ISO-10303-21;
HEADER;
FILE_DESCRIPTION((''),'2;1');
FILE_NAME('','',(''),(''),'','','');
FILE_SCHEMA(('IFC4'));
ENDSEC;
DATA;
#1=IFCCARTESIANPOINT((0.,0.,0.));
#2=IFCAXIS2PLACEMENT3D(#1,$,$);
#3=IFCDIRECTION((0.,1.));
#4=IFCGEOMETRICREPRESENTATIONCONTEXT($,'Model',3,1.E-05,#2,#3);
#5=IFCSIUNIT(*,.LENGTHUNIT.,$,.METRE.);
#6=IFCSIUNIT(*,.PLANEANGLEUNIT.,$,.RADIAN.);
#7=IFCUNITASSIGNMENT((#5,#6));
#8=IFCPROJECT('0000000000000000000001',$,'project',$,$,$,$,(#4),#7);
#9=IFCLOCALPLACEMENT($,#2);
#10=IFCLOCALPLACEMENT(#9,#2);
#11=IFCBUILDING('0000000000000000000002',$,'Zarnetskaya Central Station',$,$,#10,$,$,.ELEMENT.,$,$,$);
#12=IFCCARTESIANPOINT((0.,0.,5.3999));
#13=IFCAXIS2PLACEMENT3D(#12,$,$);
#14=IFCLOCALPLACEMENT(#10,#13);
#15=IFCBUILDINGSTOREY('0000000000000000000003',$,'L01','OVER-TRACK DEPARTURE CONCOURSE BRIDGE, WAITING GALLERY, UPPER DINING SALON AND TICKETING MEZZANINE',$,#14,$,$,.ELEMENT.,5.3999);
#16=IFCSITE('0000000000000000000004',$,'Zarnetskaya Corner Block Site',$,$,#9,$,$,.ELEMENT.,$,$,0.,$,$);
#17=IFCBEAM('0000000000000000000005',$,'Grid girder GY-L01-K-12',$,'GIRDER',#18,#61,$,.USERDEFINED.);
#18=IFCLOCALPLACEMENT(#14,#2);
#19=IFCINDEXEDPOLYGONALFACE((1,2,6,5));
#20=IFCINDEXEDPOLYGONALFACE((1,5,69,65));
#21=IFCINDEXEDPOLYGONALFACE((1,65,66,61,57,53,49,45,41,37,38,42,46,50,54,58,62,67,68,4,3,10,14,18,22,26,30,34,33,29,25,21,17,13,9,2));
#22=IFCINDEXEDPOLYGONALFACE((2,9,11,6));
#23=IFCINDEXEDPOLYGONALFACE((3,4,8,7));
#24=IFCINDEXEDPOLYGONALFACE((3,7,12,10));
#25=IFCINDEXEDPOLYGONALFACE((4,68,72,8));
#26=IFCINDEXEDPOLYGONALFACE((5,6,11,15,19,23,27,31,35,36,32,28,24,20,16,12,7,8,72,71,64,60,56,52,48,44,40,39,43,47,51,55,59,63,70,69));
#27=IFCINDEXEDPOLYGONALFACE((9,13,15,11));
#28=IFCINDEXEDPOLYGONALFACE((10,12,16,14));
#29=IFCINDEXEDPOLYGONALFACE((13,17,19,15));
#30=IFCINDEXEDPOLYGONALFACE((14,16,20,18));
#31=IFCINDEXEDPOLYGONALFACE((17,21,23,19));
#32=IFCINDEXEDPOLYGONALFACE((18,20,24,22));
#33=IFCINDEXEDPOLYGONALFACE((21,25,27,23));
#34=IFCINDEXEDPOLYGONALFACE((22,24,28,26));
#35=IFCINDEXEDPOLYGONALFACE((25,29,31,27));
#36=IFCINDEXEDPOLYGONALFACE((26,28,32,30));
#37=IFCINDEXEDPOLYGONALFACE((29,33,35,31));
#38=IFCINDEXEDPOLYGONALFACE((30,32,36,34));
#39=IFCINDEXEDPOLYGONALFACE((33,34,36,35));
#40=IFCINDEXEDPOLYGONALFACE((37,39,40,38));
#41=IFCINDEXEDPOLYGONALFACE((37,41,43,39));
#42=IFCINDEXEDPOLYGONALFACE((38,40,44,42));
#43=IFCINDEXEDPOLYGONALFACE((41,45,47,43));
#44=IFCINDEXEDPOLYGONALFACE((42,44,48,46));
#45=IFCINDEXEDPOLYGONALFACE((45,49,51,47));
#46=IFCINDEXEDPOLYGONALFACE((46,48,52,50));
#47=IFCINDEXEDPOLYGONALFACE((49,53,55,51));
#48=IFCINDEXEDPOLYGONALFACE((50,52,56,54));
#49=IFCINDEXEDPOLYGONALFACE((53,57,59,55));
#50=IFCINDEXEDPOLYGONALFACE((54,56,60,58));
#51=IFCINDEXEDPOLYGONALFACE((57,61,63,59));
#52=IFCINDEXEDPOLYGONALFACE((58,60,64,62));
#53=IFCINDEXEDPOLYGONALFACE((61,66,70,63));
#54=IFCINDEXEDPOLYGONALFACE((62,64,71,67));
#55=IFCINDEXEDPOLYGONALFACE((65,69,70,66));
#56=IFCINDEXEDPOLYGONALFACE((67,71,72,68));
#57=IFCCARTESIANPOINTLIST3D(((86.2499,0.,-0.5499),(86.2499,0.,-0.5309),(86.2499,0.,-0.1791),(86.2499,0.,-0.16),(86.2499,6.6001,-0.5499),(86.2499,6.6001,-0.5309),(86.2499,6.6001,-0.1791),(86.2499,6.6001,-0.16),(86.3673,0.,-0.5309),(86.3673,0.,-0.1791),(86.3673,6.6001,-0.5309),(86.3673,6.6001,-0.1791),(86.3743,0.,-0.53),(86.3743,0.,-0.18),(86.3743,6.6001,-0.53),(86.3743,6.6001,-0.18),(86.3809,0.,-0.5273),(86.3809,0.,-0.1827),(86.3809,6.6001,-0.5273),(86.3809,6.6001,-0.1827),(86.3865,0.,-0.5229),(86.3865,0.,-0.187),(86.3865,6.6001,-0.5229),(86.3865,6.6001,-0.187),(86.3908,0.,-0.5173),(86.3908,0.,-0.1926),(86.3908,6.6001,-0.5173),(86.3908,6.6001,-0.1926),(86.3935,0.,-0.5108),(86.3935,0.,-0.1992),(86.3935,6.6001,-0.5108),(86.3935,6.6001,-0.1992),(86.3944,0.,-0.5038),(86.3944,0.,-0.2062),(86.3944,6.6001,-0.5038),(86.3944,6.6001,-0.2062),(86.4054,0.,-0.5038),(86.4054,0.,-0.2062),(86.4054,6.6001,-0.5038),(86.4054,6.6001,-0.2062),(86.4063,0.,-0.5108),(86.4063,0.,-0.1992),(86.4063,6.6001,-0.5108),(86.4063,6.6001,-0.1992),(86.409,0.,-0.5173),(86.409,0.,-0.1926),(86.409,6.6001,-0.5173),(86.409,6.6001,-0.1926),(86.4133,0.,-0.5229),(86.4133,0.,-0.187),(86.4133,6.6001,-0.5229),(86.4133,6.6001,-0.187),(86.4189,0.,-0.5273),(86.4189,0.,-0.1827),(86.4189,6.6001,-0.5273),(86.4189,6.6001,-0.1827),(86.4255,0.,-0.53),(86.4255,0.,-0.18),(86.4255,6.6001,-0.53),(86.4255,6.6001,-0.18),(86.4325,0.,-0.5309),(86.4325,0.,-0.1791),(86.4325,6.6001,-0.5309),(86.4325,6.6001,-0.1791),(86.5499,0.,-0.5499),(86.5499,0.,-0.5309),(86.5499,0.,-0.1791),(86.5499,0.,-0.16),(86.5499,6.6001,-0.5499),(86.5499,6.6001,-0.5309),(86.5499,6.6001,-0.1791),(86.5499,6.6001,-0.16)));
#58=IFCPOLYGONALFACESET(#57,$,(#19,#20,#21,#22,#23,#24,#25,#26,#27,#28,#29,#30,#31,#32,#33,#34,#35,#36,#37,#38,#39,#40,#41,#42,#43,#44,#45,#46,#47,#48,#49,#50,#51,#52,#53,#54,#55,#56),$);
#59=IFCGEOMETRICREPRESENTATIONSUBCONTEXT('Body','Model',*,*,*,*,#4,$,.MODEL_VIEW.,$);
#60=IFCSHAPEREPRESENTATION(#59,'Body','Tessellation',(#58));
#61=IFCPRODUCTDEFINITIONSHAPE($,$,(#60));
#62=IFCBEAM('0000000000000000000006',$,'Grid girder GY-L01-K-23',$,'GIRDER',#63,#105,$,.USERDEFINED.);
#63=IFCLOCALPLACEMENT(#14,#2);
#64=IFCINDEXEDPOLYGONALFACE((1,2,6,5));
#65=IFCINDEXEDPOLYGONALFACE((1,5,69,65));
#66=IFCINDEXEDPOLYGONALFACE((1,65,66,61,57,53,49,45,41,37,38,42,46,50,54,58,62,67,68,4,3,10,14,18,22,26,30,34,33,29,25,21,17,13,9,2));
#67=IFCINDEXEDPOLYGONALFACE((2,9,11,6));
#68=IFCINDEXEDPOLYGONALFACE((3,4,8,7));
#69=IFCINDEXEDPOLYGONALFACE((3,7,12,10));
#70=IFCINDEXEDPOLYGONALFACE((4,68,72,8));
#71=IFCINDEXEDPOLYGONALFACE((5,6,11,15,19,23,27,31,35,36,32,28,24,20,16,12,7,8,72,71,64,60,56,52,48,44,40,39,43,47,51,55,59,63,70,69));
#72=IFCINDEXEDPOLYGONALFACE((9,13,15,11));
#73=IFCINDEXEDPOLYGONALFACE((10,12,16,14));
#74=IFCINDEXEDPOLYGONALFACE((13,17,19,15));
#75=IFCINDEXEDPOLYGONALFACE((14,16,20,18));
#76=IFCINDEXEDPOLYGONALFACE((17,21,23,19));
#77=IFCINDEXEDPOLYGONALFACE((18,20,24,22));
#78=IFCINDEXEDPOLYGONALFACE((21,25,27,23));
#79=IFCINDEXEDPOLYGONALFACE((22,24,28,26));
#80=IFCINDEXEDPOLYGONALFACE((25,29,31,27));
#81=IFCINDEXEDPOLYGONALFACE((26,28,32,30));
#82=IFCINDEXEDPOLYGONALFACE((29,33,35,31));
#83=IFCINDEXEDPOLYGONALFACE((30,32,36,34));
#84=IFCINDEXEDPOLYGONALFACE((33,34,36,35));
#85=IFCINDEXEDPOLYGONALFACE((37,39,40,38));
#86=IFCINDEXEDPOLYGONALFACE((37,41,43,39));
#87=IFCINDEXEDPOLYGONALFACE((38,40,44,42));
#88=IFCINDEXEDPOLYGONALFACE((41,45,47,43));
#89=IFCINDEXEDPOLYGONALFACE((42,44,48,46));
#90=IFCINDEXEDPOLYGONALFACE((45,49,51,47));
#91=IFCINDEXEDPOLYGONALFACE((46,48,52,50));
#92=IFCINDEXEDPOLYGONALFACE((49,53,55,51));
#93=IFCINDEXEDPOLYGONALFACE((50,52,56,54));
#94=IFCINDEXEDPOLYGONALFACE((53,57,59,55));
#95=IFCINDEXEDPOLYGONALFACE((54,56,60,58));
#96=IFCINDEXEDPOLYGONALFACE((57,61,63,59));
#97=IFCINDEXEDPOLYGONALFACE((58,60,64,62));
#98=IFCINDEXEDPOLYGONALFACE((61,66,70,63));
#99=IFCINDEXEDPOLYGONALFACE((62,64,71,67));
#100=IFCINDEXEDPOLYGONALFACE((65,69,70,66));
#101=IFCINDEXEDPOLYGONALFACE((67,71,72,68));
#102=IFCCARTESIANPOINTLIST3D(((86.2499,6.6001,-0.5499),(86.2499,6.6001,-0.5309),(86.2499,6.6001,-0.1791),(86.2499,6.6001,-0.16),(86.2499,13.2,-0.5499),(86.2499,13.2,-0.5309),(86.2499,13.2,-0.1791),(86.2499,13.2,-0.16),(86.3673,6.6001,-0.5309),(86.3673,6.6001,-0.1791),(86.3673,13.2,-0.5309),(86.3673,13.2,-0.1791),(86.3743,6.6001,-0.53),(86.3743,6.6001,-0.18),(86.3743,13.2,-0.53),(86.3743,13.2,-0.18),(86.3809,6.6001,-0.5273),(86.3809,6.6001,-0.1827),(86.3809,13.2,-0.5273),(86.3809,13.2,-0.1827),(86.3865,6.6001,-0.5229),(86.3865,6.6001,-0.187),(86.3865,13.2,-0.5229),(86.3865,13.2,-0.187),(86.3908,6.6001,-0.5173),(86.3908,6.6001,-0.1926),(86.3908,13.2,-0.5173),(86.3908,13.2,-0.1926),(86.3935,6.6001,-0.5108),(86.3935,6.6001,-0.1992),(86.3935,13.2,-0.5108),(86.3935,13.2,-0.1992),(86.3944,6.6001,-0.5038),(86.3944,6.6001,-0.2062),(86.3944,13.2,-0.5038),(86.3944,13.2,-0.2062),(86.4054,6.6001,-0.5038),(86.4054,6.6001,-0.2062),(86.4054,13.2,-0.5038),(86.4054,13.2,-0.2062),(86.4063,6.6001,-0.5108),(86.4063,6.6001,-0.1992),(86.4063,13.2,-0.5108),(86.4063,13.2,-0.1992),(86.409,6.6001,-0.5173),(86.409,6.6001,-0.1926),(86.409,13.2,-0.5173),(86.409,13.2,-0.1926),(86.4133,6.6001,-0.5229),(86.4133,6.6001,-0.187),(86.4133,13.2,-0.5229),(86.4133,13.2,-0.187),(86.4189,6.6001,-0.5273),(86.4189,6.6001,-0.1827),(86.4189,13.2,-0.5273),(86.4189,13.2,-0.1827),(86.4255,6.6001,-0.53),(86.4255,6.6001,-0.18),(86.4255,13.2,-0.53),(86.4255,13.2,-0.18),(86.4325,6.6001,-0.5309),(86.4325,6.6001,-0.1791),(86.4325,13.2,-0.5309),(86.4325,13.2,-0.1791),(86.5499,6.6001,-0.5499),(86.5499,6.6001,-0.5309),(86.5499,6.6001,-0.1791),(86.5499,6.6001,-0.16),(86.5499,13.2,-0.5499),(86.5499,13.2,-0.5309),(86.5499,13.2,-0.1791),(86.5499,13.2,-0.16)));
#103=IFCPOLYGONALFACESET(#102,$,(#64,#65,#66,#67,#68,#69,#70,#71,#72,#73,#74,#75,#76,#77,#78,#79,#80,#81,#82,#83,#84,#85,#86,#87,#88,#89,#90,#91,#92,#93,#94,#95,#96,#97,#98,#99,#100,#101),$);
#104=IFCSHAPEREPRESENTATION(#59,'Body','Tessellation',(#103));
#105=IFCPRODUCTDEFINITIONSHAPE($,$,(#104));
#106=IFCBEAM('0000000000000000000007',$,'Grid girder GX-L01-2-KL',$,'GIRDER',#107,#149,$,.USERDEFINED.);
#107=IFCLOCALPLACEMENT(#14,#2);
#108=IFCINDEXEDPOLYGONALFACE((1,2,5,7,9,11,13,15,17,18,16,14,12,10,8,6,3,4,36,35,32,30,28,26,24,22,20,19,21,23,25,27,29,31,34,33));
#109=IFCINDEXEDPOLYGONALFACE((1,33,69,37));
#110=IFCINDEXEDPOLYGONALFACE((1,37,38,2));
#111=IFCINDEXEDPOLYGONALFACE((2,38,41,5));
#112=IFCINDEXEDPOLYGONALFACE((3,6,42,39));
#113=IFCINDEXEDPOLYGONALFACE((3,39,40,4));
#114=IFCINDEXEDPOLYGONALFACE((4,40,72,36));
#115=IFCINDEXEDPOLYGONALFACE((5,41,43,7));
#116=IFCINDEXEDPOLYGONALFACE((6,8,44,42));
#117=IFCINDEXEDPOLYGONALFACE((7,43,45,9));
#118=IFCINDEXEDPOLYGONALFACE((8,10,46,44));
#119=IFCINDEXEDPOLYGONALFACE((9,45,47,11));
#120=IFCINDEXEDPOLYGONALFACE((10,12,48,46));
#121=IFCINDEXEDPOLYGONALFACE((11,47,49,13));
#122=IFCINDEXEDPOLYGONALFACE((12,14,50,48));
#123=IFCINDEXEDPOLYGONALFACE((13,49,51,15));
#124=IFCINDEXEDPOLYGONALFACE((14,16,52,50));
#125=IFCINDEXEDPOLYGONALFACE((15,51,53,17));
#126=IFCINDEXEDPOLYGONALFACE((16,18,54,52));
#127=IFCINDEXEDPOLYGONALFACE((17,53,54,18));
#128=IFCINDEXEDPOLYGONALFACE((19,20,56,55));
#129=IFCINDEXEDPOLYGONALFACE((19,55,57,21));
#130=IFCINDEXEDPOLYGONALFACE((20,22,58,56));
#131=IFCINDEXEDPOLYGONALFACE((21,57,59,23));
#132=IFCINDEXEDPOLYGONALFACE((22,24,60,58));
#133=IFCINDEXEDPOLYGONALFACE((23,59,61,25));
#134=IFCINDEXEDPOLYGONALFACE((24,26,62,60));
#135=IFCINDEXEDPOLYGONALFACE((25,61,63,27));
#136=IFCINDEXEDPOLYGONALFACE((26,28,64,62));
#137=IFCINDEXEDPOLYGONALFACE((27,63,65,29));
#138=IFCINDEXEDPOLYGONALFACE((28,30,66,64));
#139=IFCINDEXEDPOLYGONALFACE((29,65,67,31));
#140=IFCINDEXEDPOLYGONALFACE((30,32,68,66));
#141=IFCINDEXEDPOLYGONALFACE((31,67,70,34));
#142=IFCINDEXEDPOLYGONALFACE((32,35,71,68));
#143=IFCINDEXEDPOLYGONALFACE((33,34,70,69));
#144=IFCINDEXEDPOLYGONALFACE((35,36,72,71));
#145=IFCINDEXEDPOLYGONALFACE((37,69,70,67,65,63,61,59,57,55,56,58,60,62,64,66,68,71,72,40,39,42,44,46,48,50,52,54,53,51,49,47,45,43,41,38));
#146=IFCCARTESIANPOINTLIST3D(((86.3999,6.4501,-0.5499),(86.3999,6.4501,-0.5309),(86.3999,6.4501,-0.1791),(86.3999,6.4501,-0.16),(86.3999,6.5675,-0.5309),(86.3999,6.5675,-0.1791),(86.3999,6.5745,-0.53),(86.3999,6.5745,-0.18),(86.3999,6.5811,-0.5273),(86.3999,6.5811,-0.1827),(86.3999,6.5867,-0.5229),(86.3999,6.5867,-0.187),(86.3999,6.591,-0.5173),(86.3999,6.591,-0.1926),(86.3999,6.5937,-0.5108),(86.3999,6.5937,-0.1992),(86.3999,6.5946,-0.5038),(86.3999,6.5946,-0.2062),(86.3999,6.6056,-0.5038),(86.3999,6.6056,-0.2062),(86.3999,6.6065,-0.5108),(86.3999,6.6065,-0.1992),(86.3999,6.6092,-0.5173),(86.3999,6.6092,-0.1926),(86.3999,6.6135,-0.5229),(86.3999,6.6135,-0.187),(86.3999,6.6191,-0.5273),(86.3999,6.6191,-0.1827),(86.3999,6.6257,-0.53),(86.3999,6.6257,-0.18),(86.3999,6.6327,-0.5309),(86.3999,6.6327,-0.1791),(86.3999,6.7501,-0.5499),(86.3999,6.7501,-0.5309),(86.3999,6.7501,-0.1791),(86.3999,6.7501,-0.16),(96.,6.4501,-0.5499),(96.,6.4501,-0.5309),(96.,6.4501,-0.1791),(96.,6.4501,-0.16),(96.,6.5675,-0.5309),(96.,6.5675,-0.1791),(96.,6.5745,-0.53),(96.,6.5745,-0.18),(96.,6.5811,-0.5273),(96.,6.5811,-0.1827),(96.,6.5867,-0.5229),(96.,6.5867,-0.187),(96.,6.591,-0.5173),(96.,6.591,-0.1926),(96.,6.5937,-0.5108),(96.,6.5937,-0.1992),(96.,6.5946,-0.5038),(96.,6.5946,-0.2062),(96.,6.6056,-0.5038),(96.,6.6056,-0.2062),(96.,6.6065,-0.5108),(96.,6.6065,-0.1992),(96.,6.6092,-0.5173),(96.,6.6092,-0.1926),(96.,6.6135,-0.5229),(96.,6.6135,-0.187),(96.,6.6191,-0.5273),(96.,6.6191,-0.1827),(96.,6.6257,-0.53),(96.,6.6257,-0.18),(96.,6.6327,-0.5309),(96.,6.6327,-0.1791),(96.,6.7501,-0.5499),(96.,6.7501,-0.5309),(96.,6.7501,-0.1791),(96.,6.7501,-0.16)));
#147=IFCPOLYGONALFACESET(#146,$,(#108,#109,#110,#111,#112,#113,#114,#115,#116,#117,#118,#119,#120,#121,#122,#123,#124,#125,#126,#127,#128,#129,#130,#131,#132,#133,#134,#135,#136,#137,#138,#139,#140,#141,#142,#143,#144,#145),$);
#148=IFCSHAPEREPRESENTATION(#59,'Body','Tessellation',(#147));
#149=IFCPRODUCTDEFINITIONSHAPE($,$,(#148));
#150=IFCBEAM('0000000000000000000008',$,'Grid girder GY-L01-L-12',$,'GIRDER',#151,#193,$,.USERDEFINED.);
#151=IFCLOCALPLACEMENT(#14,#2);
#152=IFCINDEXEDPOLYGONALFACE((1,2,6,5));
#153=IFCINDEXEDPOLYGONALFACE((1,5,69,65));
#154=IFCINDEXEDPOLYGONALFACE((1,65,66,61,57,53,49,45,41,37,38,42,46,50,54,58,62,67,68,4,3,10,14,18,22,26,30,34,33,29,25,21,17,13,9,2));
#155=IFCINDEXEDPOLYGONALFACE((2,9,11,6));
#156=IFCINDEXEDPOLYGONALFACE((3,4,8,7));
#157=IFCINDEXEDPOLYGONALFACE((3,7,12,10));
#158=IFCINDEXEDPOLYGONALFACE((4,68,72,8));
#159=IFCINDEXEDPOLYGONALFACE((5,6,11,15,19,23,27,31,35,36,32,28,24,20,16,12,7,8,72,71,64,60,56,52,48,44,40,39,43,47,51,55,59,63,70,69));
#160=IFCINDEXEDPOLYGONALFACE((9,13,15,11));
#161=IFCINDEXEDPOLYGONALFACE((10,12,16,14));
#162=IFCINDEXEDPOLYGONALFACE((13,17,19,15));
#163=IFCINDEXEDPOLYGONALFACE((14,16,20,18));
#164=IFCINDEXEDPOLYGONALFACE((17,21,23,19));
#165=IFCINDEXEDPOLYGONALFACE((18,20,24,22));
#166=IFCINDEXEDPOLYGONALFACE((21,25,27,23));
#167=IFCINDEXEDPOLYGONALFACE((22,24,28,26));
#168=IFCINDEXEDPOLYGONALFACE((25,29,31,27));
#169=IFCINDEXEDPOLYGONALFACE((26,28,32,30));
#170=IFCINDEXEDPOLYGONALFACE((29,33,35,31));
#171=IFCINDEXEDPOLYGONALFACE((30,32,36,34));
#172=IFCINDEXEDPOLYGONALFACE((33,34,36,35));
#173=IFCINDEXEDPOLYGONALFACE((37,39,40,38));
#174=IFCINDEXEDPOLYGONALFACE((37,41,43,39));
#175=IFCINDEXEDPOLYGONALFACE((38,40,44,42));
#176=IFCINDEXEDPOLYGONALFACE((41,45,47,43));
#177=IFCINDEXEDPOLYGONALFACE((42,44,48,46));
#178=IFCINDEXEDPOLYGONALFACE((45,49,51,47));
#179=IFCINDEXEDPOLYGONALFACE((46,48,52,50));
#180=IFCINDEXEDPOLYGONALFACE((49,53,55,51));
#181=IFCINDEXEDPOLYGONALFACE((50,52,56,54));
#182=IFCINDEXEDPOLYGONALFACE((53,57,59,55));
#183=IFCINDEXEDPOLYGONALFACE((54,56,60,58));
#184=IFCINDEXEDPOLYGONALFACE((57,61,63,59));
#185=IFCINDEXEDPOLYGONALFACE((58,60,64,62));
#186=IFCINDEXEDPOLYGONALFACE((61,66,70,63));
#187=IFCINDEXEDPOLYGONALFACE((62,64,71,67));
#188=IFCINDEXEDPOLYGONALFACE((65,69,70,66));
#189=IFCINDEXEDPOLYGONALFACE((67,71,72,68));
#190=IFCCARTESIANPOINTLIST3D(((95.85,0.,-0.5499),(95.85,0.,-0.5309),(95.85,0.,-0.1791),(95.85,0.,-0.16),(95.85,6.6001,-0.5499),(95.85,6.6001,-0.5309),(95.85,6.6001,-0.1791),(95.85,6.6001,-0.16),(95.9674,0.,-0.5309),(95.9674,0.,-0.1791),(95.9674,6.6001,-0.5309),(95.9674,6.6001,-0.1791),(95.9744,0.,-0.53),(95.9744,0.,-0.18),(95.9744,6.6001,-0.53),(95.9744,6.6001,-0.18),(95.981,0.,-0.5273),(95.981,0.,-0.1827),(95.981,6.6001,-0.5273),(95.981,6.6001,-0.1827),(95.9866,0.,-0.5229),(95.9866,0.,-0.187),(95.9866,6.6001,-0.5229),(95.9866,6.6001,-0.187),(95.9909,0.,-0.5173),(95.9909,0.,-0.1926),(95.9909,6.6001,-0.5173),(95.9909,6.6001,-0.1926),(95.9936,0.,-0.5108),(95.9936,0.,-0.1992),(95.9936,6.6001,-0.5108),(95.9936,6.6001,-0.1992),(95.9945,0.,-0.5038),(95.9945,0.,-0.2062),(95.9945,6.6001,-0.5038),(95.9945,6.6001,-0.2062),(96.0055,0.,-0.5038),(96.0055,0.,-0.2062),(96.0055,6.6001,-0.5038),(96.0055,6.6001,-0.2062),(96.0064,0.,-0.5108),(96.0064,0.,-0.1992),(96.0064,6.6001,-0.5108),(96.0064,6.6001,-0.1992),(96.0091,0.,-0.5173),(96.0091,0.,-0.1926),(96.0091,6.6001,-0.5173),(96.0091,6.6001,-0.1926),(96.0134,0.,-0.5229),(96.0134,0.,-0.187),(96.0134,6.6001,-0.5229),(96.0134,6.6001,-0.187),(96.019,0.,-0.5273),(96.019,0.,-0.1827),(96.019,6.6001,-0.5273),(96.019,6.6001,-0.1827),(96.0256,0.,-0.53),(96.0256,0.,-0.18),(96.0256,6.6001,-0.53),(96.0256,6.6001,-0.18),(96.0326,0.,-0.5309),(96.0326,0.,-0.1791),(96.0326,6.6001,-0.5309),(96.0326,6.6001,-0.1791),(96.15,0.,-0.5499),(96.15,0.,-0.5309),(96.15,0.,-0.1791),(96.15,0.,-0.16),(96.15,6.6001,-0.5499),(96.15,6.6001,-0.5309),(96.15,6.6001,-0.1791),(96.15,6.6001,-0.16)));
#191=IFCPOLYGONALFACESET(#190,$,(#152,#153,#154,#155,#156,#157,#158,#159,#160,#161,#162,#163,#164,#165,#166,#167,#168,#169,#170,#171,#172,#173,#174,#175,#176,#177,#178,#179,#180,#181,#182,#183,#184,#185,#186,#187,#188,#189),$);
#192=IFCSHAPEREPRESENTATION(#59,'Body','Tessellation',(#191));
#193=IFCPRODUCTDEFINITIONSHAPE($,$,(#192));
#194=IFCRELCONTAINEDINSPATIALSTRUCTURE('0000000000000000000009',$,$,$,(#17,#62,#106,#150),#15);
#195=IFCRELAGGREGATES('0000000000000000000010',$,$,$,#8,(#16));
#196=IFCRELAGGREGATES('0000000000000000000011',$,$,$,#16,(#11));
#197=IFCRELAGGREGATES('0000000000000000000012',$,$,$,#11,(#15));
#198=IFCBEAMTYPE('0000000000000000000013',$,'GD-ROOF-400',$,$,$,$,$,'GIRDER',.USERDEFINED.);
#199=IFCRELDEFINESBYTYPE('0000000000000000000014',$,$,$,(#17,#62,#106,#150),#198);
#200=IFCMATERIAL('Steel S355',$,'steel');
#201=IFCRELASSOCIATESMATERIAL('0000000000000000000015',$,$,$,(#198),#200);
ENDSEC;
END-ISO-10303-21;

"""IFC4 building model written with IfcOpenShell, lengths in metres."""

from ifc_helpers import new_model, si_unit, direction, frame, origin, origin_2d, place, context, subcontext, project, spatial, i_section, extrude, material, material_profile, profile_set, type_object, element, save


model = new_model("IFC4")

# Units and contexts
model_context = context("Model", 3, precision=1e-05, world=origin(), true_north=direction((0.0, 1.0)))
body_context = subcontext(model_context, "Body", "Model", "MODEL_VIEW")
ifc_project = project(units=[si_unit("LENGTHUNIT", "METRE"), si_unit("PLANEANGLEUNIT", "RADIAN")], contexts=[model_context])

# Site, building, storey
site_placement = place(None, origin())
site = spatial("IfcSite", under=ifc_project, at=site_placement, Name="Zarnetskaya Corner Block Site", CompositionType="ELEMENT", RefElevation=0.0)
building_placement = place(site_placement, origin())
building = spatial("IfcBuilding", under=site, at=building_placement, Name="Zarnetskaya Central Station", CompositionType="ELEMENT")
storey_placement = place(building_placement, frame((0.0, 0.0, 5.3999)))
storey = spatial("IfcBuildingStorey", under=building, at=storey_placement, Name="L01", Description="OVER-TRACK DEPARTURE CONCOURSE BRIDGE, WAITING GALLERY, UPPER DINING SALON AND TICKETING MEZZANINE", CompositionType="ELEMENT", Elevation=5.3999)

# Shared definitions
ifc_material_1 = material(Name="Steel S355", Category="steel")

# Beams
ifc_material_profile_1 = material_profile(ifc_material_1, i_section(OverallWidth=0.3, OverallDepth=0.3899, WebThickness=0.011, FlangeThickness=0.019, FilletRadius=0.0271, at=origin_2d()), Name="HEA 400")
ifc_profile_set_1 = profile_set([ifc_material_profile_1], Name="Steel S355")
beam_type_1 = type_object("IfcBeamType", Name="GD-ROOF-400", ElementType="GIRDER", PredefinedType="USERDEFINED", material=ifc_profile_set_1)
beam_1_placement = place(storey_placement, frame((86.3999, 0.0, -0.355), z_axis=(0.0, 1.0, 0.0), x_axis=(-1.0, 0.0, 0.0)))
element("IfcBeam", 1, at=beam_1_placement, inside=storey, type_object=beam_type_1, Name="Grid girder GY-L01-K-12", ObjectType="GIRDER", PredefinedType="USERDEFINED", context=body_context, shape_type="SweptSolid", body=[
    extrude(i_section(OverallWidth=0.3, OverallDepth=0.3899, WebThickness=0.011, FlangeThickness=0.019, FilletRadius=0.0271, at=origin_2d()), origin(), (0.0, 0.0, 1.0), 6.6001),
])
beam_2_placement = place(storey_placement, frame((86.3999, 6.6001, -0.355), z_axis=(0.0, 1.0, 0.0), x_axis=(-1.0, 0.0, 0.0)))
element("IfcBeam", 2, at=beam_2_placement, inside=storey, type_object=beam_type_1, Name="Grid girder GY-L01-K-23", ObjectType="GIRDER", PredefinedType="USERDEFINED", context=body_context, shape_type="SweptSolid", body=[
    extrude(i_section(OverallWidth=0.3, OverallDepth=0.3899, WebThickness=0.011, FlangeThickness=0.019, FilletRadius=0.0271, at=origin_2d()), origin(), (0.0, 0.0, 1.0), 6.5999),
])
beam_3_placement = place(storey_placement, frame((86.3999, 6.6001, -0.355), z_axis=(1.0, 0.0, 0.0), x_axis=(0.0, 1.0, 0.0)))
element("IfcBeam", 3, at=beam_3_placement, inside=storey, type_object=beam_type_1, Name="Grid girder GX-L01-2-KL", ObjectType="GIRDER", PredefinedType="USERDEFINED", context=body_context, shape_type="SweptSolid", body=[
    extrude(i_section(OverallWidth=0.3, OverallDepth=0.3899, WebThickness=0.011, FlangeThickness=0.019, FilletRadius=0.0271, at=origin_2d()), origin(), (0.0, 0.0, 1.0), 9.6001),
])
beam_4_placement = place(storey_placement, frame((96.0, 0.0, -0.355), z_axis=(0.0, 1.0, 0.0), x_axis=(-1.0, 0.0, 0.0)))
element("IfcBeam", 4, at=beam_4_placement, inside=storey, type_object=beam_type_1, Name="Grid girder GY-L01-L-12", ObjectType="GIRDER", PredefinedType="USERDEFINED", context=body_context, shape_type="SweptSolid", body=[
    extrude(i_section(OverallWidth=0.3, OverallDepth=0.3899, WebThickness=0.011, FlangeThickness=0.019, FilletRadius=0.0271, at=origin_2d()), origin(), (0.0, 0.0, 1.0), 6.6001),
])

save(model, "model.ifc")
